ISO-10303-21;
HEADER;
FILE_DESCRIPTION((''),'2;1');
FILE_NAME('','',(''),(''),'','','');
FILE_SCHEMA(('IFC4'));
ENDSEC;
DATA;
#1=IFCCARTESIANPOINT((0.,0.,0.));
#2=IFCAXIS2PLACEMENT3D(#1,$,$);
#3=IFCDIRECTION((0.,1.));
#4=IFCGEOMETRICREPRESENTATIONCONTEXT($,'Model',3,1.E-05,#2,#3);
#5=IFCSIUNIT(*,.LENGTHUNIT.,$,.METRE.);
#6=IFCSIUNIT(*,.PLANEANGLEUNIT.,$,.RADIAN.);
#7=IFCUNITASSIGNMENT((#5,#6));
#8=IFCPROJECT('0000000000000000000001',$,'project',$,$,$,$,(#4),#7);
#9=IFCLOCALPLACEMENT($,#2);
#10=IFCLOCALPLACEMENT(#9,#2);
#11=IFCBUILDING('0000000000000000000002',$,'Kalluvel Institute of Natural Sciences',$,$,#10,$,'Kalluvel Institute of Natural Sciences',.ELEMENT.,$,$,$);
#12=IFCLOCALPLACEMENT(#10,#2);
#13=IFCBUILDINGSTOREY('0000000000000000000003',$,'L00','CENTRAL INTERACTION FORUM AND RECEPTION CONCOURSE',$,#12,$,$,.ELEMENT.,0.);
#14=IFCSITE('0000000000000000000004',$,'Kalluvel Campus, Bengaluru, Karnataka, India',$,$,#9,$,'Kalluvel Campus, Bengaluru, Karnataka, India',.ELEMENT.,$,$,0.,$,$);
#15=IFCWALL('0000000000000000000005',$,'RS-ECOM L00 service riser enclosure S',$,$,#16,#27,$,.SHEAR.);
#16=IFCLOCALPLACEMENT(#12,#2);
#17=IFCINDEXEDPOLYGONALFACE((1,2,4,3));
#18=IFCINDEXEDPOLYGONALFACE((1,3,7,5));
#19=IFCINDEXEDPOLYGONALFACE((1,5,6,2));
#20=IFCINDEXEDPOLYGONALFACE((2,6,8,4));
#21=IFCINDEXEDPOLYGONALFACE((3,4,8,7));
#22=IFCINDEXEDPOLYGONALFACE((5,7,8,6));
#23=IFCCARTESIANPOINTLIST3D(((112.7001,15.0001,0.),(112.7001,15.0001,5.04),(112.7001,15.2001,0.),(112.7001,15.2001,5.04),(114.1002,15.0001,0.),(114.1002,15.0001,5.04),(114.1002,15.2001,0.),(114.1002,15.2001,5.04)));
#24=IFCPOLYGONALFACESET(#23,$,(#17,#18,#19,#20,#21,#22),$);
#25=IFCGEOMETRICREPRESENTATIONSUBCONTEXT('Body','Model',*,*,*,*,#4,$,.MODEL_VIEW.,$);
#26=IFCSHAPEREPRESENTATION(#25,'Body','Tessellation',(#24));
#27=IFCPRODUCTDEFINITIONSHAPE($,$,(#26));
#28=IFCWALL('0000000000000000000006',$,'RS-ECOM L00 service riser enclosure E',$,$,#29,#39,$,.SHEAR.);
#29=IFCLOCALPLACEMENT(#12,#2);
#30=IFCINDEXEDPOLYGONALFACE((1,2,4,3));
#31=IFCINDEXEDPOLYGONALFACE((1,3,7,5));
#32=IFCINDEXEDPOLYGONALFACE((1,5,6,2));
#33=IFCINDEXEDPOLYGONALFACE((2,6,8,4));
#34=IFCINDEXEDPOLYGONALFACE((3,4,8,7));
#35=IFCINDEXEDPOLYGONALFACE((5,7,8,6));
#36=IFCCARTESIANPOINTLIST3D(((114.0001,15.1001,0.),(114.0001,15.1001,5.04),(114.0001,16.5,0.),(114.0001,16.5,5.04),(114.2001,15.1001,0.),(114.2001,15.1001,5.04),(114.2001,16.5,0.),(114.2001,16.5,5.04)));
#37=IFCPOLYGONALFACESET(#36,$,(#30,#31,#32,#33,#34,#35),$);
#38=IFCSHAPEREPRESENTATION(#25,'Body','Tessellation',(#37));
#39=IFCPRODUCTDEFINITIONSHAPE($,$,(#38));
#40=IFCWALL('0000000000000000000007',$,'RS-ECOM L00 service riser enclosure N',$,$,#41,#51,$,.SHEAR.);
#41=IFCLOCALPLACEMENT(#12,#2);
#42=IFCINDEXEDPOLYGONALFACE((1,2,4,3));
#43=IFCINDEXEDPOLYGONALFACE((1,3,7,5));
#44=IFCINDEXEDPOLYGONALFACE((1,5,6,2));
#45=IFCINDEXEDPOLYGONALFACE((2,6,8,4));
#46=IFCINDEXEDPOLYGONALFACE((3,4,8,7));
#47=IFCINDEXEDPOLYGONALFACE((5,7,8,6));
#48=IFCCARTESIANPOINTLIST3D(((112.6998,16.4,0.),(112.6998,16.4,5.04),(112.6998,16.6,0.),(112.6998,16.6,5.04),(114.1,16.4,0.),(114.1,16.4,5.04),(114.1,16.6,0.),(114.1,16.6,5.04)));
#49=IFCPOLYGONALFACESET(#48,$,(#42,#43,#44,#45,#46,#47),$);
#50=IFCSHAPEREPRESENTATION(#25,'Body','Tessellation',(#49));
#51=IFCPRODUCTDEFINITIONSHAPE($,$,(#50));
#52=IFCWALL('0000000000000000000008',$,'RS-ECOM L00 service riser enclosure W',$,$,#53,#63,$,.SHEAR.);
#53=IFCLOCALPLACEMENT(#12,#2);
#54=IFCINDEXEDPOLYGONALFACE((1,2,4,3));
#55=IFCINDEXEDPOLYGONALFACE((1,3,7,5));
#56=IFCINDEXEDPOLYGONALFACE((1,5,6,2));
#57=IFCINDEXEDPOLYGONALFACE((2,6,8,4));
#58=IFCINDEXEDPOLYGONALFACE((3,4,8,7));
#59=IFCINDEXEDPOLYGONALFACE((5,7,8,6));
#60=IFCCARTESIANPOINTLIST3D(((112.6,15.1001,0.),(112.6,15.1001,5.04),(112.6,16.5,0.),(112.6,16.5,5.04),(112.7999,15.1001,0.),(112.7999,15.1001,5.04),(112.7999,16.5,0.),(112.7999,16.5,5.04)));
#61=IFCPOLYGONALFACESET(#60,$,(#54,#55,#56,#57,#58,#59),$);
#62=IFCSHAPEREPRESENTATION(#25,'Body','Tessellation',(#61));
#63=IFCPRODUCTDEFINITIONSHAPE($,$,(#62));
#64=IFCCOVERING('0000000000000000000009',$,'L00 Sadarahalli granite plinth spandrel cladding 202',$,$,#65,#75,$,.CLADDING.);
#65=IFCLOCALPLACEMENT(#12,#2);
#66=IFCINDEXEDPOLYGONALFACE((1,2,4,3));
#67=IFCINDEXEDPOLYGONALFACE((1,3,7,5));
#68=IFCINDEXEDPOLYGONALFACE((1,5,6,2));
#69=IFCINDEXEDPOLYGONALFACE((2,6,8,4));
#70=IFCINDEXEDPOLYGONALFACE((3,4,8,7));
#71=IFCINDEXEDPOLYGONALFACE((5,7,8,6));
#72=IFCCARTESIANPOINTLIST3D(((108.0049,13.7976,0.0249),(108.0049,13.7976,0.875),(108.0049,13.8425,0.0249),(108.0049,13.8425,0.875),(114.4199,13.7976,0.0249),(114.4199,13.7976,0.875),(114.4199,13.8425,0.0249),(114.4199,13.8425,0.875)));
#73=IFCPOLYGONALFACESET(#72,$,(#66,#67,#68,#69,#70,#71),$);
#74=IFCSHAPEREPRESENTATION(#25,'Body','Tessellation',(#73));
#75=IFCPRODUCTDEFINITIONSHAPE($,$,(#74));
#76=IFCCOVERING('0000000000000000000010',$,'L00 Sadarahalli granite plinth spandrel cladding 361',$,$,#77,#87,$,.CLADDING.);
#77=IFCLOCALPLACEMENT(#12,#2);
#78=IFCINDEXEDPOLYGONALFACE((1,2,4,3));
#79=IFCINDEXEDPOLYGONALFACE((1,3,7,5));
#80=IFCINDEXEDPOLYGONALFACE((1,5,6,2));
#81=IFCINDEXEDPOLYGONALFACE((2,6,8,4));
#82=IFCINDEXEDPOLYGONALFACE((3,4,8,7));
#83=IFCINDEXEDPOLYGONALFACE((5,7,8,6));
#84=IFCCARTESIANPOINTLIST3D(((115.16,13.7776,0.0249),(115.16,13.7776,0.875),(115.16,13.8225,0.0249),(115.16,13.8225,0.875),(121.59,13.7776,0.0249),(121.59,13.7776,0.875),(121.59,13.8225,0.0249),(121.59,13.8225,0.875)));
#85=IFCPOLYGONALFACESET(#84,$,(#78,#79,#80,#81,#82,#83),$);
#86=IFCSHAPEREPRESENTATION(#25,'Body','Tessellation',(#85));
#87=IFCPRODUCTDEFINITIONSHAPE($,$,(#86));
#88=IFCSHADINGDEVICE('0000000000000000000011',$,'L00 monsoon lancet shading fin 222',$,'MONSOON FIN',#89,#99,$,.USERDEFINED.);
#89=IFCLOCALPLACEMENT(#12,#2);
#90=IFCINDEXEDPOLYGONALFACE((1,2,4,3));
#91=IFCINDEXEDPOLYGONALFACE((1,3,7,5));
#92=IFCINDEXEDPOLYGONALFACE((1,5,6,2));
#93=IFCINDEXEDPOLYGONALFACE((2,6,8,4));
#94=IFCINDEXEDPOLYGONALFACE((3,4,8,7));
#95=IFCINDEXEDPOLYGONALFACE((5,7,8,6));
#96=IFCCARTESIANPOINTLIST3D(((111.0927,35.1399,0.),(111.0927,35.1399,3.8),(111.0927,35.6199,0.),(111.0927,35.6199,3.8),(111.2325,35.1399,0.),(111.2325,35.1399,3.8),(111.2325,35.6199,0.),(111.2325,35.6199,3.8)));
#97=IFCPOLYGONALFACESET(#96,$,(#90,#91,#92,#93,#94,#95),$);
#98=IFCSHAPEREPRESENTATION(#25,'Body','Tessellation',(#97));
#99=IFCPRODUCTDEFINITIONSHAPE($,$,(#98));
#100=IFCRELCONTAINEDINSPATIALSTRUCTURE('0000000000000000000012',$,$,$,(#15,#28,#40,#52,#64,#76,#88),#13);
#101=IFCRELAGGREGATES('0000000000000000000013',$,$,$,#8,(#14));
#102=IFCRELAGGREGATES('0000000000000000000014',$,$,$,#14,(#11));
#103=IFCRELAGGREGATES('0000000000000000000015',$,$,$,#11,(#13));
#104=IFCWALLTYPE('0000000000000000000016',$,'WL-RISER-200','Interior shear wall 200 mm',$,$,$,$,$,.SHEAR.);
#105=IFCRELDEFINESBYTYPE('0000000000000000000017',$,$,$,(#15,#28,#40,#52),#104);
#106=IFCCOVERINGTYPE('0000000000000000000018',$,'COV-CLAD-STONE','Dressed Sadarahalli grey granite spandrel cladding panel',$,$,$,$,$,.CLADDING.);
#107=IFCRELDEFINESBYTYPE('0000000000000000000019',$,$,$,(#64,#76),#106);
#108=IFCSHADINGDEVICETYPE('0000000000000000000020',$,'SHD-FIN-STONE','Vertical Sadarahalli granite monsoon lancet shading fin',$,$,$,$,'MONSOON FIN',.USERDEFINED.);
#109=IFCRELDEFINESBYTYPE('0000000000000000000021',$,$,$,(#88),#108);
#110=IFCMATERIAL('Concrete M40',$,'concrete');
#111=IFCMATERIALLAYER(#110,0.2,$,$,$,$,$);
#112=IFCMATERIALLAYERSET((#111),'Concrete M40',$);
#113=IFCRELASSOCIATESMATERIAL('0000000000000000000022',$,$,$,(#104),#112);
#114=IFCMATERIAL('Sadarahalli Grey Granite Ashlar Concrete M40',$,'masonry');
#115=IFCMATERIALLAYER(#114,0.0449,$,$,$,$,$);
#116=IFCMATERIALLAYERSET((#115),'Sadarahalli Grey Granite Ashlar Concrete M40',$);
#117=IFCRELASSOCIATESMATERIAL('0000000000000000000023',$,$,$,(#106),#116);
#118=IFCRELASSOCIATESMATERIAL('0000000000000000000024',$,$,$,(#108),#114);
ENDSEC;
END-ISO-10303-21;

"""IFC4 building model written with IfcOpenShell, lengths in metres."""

from ifc_helpers import new_model, si_unit, direction, frame, frame_2d, origin, origin_2d, place, context, subcontext, project, spatial, rectangle, extrude, material, layer, layer_set, type_object, element, save


model = new_model("IFC4")

# Units and contexts
model_context = context("Model", 3, precision=1e-05, world=origin(), true_north=direction((0.0, 1.0)))
body_context = subcontext(model_context, "Body", "Model", "MODEL_VIEW")
ifc_project = project(units=[si_unit("LENGTHUNIT", "METRE"), si_unit("PLANEANGLEUNIT", "RADIAN")], contexts=[model_context])

# Site, building, storey
site_placement = place(None, origin())
site = spatial("IfcSite", under=ifc_project, at=site_placement, Name="Kalluvel Campus, Bengaluru, Karnataka, India", LongName="Kalluvel Campus, Bengaluru, Karnataka, India", CompositionType="ELEMENT", RefElevation=0.0)
building_placement = place(site_placement, origin())
building = spatial("IfcBuilding", under=site, at=building_placement, Name="Kalluvel Institute of Natural Sciences", LongName="Kalluvel Institute of Natural Sciences", CompositionType="ELEMENT")
storey_placement = place(building_placement, origin())
storey = spatial("IfcBuildingStorey", under=building, at=storey_placement, Name="L00", Description="CENTRAL INTERACTION FORUM AND RECEPTION CONCOURSE", CompositionType="ELEMENT", Elevation=0.0)

# Shared definitions
ifc_material_1 = material(Name="Concrete M40", Category="concrete")

# Shared definitions
ifc_material_2 = material(Name="Sadarahalli Grey Granite Ashlar Concrete M40", Category="masonry")

# Walls
ifc_layer_1 = layer(ifc_material_1, 0.2)
ifc_layer_set_1 = layer_set([ifc_layer_1], Name="Concrete M40")
wall_type_1 = type_object("IfcWallType", Name="WL-RISER-200", Description="Interior shear wall 200 mm", PredefinedType="SHEAR", material=ifc_layer_set_1)
wall_1_placement = place(storey_placement, frame((112.7, 15.1001, 0.0), z_axis=(0.0, 0.0, 1.0), x_axis=(1.0, 0.0, 0.0)))
element("IfcWall", 1, at=wall_1_placement, inside=storey, type_object=wall_type_1, Name="RS-ECOM L00 service riser enclosure S", PredefinedType="SHEAR", context=body_context, shape_type="SweptSolid", body=[
    extrude(rectangle(XDim=1.4001, YDim=0.2, at=frame_2d((0.7002, 0.0))), origin(), (0.0, 0.0, 1.0), 5.04),
])
wall_2_placement = place(storey_placement, frame((114.1001, 15.1001, 0.0), z_axis=(0.0, 0.0, 1.0), x_axis=(0.0, 1.0, 0.0)))
element("IfcWall", 2, at=wall_2_placement, inside=storey, type_object=wall_type_1, Name="RS-ECOM L00 service riser enclosure E", PredefinedType="SHEAR", context=body_context, shape_type="SweptSolid", body=[
    extrude(rectangle(XDim=1.3999, YDim=0.2, at=frame_2d((0.7, 0.0))), origin(), (0.0, 0.0, 1.0), 5.04),
])
wall_3_placement = place(storey_placement, frame((114.1001, 16.5, 0.0), z_axis=(0.0, 0.0, 1.0), x_axis=(-1.0, 0.0, 0.0)))
element("IfcWall", 3, at=wall_3_placement, inside=storey, type_object=wall_type_1, Name="RS-ECOM L00 service riser enclosure N", PredefinedType="SHEAR", context=body_context, shape_type="SweptSolid", body=[
    extrude(rectangle(XDim=1.4001, YDim=0.2, at=frame_2d((0.7002, 0.0))), origin(), (0.0, 0.0, 1.0), 5.04),
])
wall_4_placement = place(storey_placement, frame((112.7, 16.5, 0.0), z_axis=(0.0, 0.0, 1.0), x_axis=(0.0, -1.0, 0.0)))
element("IfcWall", 4, at=wall_4_placement, inside=storey, type_object=wall_type_1, Name="RS-ECOM L00 service riser enclosure W", PredefinedType="SHEAR", context=body_context, shape_type="SweptSolid", body=[
    extrude(rectangle(XDim=1.3999, YDim=0.2, at=frame_2d((0.7, 0.0))), origin(), (0.0, 0.0, 1.0), 5.04),
])

# Coverings
ifc_layer_2 = layer(ifc_material_2, 0.0449)
ifc_layer_set_2 = layer_set([ifc_layer_2], Name="Sadarahalli Grey Granite Ashlar Concrete M40")
covering_type = type_object("IfcCoveringType", Name="COV-CLAD-STONE", Description="Dressed Sadarahalli grey granite spandrel cladding panel", PredefinedType="CLADDING", material=ifc_layer_set_2)
covering_1_placement = place(storey_placement, frame((111.2124, 13.8201, 0.0249), z_axis=(0.0, 0.0, 1.0), x_axis=(1.0, 0.0, 0.0)))
element("IfcCovering", 5, at=covering_1_placement, inside=storey, type_object=covering_type, Name="L00 Sadarahalli granite plinth spandrel cladding 202", PredefinedType="CLADDING", context=body_context, shape_type="SweptSolid", body=[
    extrude(rectangle(XDim=6.415, YDim=0.0449, at=origin_2d()), origin(), (0.0, 0.0, 1.0), 0.8501),
])
covering_2_placement = place(storey_placement, frame((118.375, 13.8, 0.0249), z_axis=(0.0, 0.0, 1.0), x_axis=(1.0, 0.0, 0.0)))
element("IfcCovering", 6, at=covering_2_placement, inside=storey, type_object=covering_type, Name="L00 Sadarahalli granite plinth spandrel cladding 361", PredefinedType="CLADDING", context=body_context, shape_type="SweptSolid", body=[
    extrude(rectangle(XDim=6.4299, YDim=0.0449, at=origin_2d()), origin(), (0.0, 0.0, 1.0), 0.8501),
])

# Shading device
shading_device_type = type_object("IfcShadingDeviceType", Name="SHD-FIN-STONE", Description="Vertical Sadarahalli granite monsoon lancet shading fin", ElementType="MONSOON FIN", PredefinedType="USERDEFINED", material=ifc_material_2)
shading_device_placement = place(storey_placement, frame((111.1626, 35.3799, 0.0), z_axis=(0.0, 0.0, 1.0), x_axis=(1.0, 0.0, 0.0)))
element("IfcShadingDevice", 7, at=shading_device_placement, inside=storey, type_object=shading_device_type, Name="L00 monsoon lancet shading fin 222", ObjectType="MONSOON FIN", PredefinedType="USERDEFINED", context=body_context, shape_type="SweptSolid", body=[
    extrude(rectangle(XDim=0.1399, YDim=0.48, at=origin_2d()), origin(), (0.0, 0.0, 1.0), 3.8),
])

save(model, "model.ifc")
